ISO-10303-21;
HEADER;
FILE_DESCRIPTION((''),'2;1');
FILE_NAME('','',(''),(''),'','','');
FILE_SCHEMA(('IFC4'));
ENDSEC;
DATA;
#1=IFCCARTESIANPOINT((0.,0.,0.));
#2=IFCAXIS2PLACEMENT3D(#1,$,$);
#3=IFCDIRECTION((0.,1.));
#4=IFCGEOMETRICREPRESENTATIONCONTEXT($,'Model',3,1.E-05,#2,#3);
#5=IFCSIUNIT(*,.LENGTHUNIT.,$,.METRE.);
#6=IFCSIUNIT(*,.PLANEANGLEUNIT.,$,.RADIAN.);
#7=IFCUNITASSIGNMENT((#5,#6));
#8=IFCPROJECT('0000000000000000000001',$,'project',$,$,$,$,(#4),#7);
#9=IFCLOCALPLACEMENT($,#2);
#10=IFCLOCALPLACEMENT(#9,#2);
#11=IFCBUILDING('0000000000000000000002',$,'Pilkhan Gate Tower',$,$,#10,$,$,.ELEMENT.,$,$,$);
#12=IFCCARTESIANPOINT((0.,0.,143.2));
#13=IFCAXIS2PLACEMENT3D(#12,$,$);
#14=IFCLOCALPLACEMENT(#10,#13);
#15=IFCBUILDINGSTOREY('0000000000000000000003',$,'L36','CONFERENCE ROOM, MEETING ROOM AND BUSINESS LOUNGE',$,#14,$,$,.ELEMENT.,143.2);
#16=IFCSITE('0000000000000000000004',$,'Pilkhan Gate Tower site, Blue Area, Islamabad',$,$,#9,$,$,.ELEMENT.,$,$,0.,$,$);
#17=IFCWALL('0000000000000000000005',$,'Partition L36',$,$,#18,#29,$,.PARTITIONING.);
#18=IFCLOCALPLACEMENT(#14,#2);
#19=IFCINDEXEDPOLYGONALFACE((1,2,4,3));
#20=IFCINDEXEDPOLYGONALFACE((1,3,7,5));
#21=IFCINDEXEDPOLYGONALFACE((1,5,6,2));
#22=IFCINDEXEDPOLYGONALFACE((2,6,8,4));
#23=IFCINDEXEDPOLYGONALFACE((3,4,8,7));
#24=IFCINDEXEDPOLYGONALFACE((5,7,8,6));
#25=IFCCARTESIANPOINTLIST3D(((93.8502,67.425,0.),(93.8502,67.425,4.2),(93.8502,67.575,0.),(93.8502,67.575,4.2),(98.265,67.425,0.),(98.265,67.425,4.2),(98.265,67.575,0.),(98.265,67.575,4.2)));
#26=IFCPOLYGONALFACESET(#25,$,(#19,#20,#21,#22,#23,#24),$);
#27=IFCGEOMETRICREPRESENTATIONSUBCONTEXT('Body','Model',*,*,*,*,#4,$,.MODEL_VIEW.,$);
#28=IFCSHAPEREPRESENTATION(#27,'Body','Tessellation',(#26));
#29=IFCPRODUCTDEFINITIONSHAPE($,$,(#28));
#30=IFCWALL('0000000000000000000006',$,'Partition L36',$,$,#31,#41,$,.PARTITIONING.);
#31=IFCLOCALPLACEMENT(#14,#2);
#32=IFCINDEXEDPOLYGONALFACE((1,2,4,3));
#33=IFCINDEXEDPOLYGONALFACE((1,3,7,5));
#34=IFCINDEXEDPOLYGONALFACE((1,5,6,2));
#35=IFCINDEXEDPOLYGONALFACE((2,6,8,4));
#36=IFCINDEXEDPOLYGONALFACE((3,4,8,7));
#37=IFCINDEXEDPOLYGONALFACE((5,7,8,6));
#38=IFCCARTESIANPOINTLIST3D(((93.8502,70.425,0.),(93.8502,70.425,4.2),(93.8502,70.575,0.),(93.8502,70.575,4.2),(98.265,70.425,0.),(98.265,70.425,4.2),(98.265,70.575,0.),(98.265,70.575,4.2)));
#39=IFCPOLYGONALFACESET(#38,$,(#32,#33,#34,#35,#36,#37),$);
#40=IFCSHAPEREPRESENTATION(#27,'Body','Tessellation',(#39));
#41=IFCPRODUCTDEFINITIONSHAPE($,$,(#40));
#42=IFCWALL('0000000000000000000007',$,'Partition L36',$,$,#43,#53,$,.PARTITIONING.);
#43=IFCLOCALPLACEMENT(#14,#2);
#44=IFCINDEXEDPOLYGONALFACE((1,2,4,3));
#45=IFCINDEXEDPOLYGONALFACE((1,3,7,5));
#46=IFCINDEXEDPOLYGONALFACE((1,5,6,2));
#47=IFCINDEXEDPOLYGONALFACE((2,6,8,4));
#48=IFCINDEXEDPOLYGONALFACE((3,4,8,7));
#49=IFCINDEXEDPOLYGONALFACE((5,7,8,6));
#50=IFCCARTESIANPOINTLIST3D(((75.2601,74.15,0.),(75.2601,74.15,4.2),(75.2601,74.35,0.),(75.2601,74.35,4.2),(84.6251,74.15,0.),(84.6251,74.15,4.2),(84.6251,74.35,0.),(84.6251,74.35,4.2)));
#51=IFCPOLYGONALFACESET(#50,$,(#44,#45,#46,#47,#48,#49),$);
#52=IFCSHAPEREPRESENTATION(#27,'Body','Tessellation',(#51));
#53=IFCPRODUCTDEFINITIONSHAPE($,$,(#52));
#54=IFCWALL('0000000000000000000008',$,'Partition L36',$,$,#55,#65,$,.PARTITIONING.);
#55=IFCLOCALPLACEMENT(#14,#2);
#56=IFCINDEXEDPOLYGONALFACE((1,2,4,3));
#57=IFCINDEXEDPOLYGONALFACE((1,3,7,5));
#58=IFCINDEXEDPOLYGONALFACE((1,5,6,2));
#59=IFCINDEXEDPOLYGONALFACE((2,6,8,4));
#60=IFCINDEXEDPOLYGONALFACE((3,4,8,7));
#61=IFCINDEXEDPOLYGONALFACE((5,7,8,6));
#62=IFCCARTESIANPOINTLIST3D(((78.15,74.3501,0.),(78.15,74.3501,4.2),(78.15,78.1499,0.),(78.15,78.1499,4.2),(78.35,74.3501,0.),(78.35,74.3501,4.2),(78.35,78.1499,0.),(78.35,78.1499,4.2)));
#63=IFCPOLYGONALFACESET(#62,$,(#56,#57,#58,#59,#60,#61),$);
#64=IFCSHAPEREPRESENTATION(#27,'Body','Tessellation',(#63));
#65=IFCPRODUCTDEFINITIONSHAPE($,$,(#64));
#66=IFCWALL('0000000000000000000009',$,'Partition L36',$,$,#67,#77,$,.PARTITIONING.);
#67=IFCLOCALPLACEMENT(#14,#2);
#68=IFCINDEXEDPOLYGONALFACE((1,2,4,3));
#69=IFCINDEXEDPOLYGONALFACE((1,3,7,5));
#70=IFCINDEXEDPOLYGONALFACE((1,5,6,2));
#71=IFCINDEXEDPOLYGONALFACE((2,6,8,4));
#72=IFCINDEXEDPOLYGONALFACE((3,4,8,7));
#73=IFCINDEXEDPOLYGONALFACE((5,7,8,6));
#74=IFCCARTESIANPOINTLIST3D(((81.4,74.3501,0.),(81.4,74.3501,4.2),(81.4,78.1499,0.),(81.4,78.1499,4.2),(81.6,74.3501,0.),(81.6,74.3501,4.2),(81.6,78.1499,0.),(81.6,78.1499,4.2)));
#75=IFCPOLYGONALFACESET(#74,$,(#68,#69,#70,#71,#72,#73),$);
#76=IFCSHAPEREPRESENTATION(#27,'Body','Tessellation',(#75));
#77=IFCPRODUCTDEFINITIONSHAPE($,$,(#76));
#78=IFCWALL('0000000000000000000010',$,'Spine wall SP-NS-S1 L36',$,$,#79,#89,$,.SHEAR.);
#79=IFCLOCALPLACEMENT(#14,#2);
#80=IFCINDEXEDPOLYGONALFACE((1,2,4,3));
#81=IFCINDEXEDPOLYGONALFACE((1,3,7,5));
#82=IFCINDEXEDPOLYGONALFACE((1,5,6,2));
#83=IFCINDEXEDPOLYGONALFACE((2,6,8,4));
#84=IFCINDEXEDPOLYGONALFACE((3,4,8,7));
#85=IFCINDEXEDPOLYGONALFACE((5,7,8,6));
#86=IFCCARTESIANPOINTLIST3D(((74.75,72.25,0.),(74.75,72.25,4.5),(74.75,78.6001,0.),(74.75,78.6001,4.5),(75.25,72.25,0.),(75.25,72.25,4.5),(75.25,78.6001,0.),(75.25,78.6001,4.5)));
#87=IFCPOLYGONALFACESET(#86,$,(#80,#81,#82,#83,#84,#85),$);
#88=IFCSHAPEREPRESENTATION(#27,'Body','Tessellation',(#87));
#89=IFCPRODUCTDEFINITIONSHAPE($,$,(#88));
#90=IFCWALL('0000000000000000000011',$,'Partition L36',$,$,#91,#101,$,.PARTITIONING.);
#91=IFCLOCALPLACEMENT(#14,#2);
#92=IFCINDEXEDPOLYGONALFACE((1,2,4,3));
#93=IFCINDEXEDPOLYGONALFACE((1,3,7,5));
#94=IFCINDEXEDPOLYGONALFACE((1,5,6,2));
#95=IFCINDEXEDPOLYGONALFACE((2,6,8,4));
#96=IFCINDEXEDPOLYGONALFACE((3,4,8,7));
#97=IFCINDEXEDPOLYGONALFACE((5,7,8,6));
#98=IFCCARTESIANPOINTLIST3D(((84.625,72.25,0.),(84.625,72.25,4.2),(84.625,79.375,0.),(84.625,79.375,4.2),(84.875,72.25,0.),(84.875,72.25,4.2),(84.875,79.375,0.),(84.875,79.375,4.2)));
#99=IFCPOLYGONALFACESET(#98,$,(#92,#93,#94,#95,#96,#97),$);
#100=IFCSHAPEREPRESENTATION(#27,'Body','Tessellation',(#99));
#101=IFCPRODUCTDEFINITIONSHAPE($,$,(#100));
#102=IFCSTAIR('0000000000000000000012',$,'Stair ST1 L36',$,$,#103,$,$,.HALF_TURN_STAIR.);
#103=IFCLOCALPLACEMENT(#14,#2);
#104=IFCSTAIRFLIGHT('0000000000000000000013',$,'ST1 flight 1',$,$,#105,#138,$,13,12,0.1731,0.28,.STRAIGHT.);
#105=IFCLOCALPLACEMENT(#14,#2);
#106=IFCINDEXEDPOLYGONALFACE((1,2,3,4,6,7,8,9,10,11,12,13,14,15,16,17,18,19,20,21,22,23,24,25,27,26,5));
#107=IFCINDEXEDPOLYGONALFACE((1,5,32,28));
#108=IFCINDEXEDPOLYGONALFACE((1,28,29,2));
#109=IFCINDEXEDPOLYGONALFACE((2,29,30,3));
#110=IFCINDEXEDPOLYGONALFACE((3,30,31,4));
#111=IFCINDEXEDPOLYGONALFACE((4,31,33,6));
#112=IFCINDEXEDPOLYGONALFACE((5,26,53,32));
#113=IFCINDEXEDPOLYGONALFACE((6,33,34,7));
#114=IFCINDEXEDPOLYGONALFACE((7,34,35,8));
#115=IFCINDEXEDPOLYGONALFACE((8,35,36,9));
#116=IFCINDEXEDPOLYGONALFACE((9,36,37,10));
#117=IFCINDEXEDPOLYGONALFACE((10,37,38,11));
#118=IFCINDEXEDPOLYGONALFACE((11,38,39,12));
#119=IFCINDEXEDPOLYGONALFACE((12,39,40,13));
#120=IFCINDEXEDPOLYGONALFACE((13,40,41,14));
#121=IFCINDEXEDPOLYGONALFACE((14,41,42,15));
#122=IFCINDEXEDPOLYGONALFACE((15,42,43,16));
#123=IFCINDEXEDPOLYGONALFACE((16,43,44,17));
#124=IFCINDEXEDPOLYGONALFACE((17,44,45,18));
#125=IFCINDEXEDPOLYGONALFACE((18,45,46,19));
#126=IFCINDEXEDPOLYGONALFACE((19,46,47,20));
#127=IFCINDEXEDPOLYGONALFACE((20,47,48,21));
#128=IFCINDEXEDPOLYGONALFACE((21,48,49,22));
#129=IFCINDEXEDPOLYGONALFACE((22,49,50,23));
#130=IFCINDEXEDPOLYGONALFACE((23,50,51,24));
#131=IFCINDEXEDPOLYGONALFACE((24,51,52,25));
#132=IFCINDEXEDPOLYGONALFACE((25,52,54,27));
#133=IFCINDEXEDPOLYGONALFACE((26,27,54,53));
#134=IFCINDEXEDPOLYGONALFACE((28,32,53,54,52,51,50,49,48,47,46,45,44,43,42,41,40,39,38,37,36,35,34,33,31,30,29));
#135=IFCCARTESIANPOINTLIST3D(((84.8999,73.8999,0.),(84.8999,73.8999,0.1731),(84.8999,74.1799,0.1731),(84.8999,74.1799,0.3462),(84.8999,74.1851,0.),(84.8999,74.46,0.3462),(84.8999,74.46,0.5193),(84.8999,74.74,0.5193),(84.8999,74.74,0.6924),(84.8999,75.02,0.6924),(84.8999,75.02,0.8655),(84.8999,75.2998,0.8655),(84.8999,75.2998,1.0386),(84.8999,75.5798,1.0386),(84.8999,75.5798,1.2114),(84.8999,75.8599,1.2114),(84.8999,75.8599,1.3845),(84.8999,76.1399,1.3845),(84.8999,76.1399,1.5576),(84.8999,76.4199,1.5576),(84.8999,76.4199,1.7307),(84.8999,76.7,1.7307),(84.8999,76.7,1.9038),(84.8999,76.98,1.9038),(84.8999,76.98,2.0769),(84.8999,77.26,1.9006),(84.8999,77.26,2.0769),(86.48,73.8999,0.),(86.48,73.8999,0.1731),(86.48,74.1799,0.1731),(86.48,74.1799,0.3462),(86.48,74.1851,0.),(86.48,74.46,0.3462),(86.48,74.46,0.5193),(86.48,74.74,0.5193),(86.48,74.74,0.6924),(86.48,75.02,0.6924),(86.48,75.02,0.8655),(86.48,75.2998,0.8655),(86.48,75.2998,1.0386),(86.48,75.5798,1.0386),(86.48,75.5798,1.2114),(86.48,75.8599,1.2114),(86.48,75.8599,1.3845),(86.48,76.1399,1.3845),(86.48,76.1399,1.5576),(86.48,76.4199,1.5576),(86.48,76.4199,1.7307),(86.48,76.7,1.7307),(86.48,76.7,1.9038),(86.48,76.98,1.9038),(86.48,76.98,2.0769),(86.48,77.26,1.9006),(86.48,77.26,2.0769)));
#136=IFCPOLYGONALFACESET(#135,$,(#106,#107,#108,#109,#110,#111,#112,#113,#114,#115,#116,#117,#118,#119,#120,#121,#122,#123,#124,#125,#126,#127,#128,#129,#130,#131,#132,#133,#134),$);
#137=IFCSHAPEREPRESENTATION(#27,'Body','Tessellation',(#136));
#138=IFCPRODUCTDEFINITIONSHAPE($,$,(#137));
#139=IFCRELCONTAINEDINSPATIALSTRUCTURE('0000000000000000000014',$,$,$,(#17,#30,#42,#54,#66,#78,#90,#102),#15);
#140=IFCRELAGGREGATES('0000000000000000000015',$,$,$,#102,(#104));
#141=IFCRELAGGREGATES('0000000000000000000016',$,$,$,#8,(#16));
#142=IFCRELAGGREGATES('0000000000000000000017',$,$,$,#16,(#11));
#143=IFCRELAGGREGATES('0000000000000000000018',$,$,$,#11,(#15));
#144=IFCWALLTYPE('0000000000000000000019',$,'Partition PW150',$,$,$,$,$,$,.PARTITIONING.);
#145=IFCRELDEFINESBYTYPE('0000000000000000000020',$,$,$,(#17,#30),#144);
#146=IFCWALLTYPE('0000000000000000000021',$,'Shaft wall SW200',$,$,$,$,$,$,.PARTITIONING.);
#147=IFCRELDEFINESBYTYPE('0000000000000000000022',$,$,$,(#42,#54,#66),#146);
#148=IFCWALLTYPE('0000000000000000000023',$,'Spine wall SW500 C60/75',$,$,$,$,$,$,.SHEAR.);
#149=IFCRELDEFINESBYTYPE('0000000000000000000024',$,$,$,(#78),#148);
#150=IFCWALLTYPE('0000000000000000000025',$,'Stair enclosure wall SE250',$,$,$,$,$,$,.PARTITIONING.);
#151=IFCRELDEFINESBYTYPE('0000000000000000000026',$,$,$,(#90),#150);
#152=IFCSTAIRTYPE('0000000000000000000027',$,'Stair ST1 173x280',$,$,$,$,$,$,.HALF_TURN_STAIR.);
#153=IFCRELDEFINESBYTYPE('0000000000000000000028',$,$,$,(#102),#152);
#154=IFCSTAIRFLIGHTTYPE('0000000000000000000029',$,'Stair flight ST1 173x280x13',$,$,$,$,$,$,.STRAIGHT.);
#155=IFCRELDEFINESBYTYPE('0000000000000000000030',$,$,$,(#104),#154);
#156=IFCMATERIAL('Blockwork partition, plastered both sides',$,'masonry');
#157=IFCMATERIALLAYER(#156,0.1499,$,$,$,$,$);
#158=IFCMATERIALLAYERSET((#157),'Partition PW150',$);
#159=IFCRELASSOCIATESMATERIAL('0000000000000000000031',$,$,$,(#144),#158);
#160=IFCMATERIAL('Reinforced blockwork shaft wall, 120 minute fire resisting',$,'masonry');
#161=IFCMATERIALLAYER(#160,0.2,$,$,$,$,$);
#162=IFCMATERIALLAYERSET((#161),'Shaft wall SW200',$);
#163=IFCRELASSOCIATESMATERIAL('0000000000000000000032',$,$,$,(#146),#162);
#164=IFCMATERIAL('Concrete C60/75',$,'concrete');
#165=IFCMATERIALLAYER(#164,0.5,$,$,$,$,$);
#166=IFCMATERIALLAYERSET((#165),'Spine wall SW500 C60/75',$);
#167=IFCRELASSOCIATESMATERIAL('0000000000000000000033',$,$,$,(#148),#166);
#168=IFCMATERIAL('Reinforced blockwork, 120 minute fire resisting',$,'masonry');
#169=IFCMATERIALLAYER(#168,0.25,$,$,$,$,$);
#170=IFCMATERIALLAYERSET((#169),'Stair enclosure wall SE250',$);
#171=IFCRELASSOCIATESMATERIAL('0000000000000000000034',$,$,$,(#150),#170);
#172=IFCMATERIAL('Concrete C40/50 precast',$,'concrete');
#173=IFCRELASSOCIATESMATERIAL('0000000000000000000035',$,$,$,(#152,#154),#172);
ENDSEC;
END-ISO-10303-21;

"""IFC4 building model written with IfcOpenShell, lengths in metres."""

from ifc_helpers import new_model, si_unit, direction, frame, frame_2d, origin, place, context, subcontext, project, spatial, polyline, rectangle, outline, extrude, material, layer, layer_set, type_object, element, aggregate, save


model = new_model("IFC4")

# Units and contexts
model_context = context("Model", 3, precision=1e-05, world=origin(), true_north=direction((0.0, 1.0)))
body_context = subcontext(model_context, "Body", "Model", "MODEL_VIEW")
ifc_project = project(units=[si_unit("LENGTHUNIT", "METRE"), si_unit("PLANEANGLEUNIT", "RADIAN")], contexts=[model_context])

# Site, building, storey
site_placement = place(None, origin())
site = spatial("IfcSite", under=ifc_project, at=site_placement, Name="Pilkhan Gate Tower site, Blue Area, Islamabad", CompositionType="ELEMENT", RefElevation=0.0)
building_placement = place(site_placement, origin())
building = spatial("IfcBuilding", under=site, at=building_placement, Name="Pilkhan Gate Tower", CompositionType="ELEMENT")
storey_placement = place(building_placement, frame((0.0, 0.0, 143.2)))
storey = spatial("IfcBuildingStorey", under=building, at=storey_placement, Name="L36", Description="CONFERENCE ROOM, MEETING ROOM AND BUSINESS LOUNGE", CompositionType="ELEMENT", Elevation=143.2)

# Shared definitions
ifc_material_1 = material(Name="Concrete C60/75", Category="concrete")

# Walls
ifc_material_2 = material(Name="Blockwork partition, plastered both sides", Category="masonry")
ifc_layer_1 = layer(ifc_material_2, 0.1499)
ifc_layer_set_1 = layer_set([ifc_layer_1], Name="Partition PW150")
wall_type_1 = type_object("IfcWallType", Name="Partition PW150", PredefinedType="PARTITIONING", material=ifc_layer_set_1)
for number, where, z_axis, x_axis, name in (
    (1, (93.8501, 67.5, 0.0), (0.0, 0.0, 1.0), (1.0, 0.0, 0.0), "Partition L36"),
    (2, (93.8501, 70.5, 0.0), (0.0, 0.0, 1.0), (1.0, 0.0, 0.0), "Partition L36"),
):
    element("IfcWall", number, at=place(storey_placement, frame(where, z_axis=z_axis, x_axis=x_axis)), inside=storey, type_object=wall_type_1, Name=name, PredefinedType="PARTITIONING", context=body_context, shape_type="SweptSolid", body=[
        extrude(rectangle(XDim=4.4148, YDim=0.1499, at=frame_2d((2.2075, 0.0))), origin(), (0.0, 0.0, 1.0), 4.2),
    ])
ifc_material_3 = material(Name="Reinforced blockwork shaft wall, 120 minute fire resisting", Category="masonry")
ifc_layer_2 = layer(ifc_material_3, 0.2)
ifc_layer_set_2 = layer_set([ifc_layer_2], Name="Shaft wall SW200")
wall_type_2 = type_object("IfcWallType", Name="Shaft wall SW200", PredefinedType="PARTITIONING", material=ifc_layer_set_2)
wall_1_placement = place(storey_placement, frame((75.26, 74.25, 0.0), z_axis=(0.0, 0.0, 1.0), x_axis=(1.0, 0.0, 0.0)))
element("IfcWall", 3, at=wall_1_placement, inside=storey, type_object=wall_type_2, Name="Partition L36", PredefinedType="PARTITIONING", context=body_context, shape_type="SweptSolid", body=[
    extrude(rectangle(XDim=9.365, YDim=0.2, at=frame_2d((4.6826, 0.0))), origin(), (0.0, 0.0, 1.0), 4.2),
])
for number, where, z_axis, x_axis, name in (
    (4, (78.25, 74.3501, 0.0), (0.0, 0.0, 1.0), (0.0, 1.0, 0.0), "Partition L36"),
    (5, (81.5, 74.3501, 0.0), (0.0, 0.0, 1.0), (0.0, 1.0, 0.0), "Partition L36"),
):
    element("IfcWall", number, at=place(storey_placement, frame(where, z_axis=z_axis, x_axis=x_axis)), inside=storey, type_object=wall_type_2, Name=name, PredefinedType="PARTITIONING", context=body_context, shape_type="SweptSolid", body=[
        extrude(rectangle(XDim=3.7998, YDim=0.2, at=frame_2d((1.8999, 0.0))), origin(), (0.0, 0.0, 1.0), 4.2),
    ])
ifc_layer_3 = layer(ifc_material_1, 0.5)
ifc_layer_set_3 = layer_set([ifc_layer_3], Name="Spine wall SW500 C60/75")
wall_type_3 = type_object("IfcWallType", Name="Spine wall SW500 C60/75", PredefinedType="SHEAR", material=ifc_layer_set_3)
wall_2_placement = place(storey_placement, frame((75.0, 72.25, 0.0), z_axis=(0.0, 0.0, 1.0), x_axis=(0.0, 1.0, 0.0)))
element("IfcWall", 6, at=wall_2_placement, inside=storey, type_object=wall_type_3, Name="Spine wall SP-NS-S1 L36", PredefinedType="SHEAR", context=body_context, shape_type="SweptSolid", body=[
    extrude(rectangle(XDim=6.3501, YDim=0.5, at=frame_2d((3.175, 0.0))), origin(), (0.0, 0.0, 1.0), 4.5),
])
ifc_material_4 = material(Name="Reinforced blockwork, 120 minute fire resisting", Category="masonry")
ifc_layer_4 = layer(ifc_material_4, 0.25)
ifc_layer_set_4 = layer_set([ifc_layer_4], Name="Stair enclosure wall SE250")
wall_type_4 = type_object("IfcWallType", Name="Stair enclosure wall SE250", PredefinedType="PARTITIONING", material=ifc_layer_set_4)
wall_3_placement = place(storey_placement, frame((84.75, 72.25, 0.0), z_axis=(0.0, 0.0, 1.0), x_axis=(0.0, 1.0, 0.0)))
element("IfcWall", 7, at=wall_3_placement, inside=storey, type_object=wall_type_4, Name="Partition L36", PredefinedType="PARTITIONING", context=body_context, shape_type="SweptSolid", body=[
    extrude(rectangle(XDim=7.125, YDim=0.25, at=frame_2d((3.5625, 0.0))), origin(), (0.0, 0.0, 1.0), 4.2),
])

# Stair, stair flight
ifc_material_5 = material(Name="Concrete C40/50 precast", Category="concrete")
stair_type = type_object("IfcStairType", Name="Stair ST1 173x280", PredefinedType="HALF_TURN_STAIR", material=ifc_material_5)
stair_placement = place(storey_placement, origin())
stair = element("IfcStair", 8, at=stair_placement, inside=storey, type_object=stair_type, Name="Stair ST1 L36", PredefinedType="HALF_TURN_STAIR")
stair_flight_type = type_object("IfcStairFlightType", Name="Stair flight ST1 173x280x13", PredefinedType="STRAIGHT", material=ifc_material_5)
stair_flight_placement = place(storey_placement, frame((85.6899, 73.8999, 0.0), z_axis=(0.0, 0.0, 1.0), x_axis=(0.0, 1.0, 0.0)))
stair_flight = element("IfcStairFlight", 9, at=stair_flight_placement, type_object=stair_flight_type, Name="ST1 flight 1", NumberOfRisers=13, NumberOfTreads=12, PredefinedType="STRAIGHT", RiserHeight=0.1731, TreadLength=0.28, context=body_context, shape_type="SweptSolid", body=[
    extrude(outline(polyline([(0.0, 0.0), (0.0, 0.1731), (0.28, 0.1731), (0.28, 0.3462), (0.5601, 0.3462), (0.5601, 0.5193), (0.8401, 0.5193), (0.8401, 0.6924), (1.1201, 0.6924), (1.1201, 0.8655), (1.3999, 0.8655), (1.3999, 1.0386), (1.6799, 1.0386), (1.6799, 1.2114), (1.96, 1.2114), (1.96, 1.3845), (2.24, 1.3845), (2.24, 1.5576), (2.52, 1.5576), (2.52, 1.7307), (2.8, 1.7307), (2.8, 1.9038), (3.0801, 1.9038), (3.0801, 2.0769), (3.3601, 2.0769), (3.3601, 2.25), (3.3601, 1.9006), (0.2852, 0.0), (0.0, 0.0)])), frame((0.0, 0.79, 0.0), z_axis=(0.0, -1.0, 0.0), x_axis=(1.0, 0.0, 0.0)), (0.0, 0.0, 1.0), 1.5801),
])
aggregate(stair, [stair_flight])

save(model, "model.ifc")
